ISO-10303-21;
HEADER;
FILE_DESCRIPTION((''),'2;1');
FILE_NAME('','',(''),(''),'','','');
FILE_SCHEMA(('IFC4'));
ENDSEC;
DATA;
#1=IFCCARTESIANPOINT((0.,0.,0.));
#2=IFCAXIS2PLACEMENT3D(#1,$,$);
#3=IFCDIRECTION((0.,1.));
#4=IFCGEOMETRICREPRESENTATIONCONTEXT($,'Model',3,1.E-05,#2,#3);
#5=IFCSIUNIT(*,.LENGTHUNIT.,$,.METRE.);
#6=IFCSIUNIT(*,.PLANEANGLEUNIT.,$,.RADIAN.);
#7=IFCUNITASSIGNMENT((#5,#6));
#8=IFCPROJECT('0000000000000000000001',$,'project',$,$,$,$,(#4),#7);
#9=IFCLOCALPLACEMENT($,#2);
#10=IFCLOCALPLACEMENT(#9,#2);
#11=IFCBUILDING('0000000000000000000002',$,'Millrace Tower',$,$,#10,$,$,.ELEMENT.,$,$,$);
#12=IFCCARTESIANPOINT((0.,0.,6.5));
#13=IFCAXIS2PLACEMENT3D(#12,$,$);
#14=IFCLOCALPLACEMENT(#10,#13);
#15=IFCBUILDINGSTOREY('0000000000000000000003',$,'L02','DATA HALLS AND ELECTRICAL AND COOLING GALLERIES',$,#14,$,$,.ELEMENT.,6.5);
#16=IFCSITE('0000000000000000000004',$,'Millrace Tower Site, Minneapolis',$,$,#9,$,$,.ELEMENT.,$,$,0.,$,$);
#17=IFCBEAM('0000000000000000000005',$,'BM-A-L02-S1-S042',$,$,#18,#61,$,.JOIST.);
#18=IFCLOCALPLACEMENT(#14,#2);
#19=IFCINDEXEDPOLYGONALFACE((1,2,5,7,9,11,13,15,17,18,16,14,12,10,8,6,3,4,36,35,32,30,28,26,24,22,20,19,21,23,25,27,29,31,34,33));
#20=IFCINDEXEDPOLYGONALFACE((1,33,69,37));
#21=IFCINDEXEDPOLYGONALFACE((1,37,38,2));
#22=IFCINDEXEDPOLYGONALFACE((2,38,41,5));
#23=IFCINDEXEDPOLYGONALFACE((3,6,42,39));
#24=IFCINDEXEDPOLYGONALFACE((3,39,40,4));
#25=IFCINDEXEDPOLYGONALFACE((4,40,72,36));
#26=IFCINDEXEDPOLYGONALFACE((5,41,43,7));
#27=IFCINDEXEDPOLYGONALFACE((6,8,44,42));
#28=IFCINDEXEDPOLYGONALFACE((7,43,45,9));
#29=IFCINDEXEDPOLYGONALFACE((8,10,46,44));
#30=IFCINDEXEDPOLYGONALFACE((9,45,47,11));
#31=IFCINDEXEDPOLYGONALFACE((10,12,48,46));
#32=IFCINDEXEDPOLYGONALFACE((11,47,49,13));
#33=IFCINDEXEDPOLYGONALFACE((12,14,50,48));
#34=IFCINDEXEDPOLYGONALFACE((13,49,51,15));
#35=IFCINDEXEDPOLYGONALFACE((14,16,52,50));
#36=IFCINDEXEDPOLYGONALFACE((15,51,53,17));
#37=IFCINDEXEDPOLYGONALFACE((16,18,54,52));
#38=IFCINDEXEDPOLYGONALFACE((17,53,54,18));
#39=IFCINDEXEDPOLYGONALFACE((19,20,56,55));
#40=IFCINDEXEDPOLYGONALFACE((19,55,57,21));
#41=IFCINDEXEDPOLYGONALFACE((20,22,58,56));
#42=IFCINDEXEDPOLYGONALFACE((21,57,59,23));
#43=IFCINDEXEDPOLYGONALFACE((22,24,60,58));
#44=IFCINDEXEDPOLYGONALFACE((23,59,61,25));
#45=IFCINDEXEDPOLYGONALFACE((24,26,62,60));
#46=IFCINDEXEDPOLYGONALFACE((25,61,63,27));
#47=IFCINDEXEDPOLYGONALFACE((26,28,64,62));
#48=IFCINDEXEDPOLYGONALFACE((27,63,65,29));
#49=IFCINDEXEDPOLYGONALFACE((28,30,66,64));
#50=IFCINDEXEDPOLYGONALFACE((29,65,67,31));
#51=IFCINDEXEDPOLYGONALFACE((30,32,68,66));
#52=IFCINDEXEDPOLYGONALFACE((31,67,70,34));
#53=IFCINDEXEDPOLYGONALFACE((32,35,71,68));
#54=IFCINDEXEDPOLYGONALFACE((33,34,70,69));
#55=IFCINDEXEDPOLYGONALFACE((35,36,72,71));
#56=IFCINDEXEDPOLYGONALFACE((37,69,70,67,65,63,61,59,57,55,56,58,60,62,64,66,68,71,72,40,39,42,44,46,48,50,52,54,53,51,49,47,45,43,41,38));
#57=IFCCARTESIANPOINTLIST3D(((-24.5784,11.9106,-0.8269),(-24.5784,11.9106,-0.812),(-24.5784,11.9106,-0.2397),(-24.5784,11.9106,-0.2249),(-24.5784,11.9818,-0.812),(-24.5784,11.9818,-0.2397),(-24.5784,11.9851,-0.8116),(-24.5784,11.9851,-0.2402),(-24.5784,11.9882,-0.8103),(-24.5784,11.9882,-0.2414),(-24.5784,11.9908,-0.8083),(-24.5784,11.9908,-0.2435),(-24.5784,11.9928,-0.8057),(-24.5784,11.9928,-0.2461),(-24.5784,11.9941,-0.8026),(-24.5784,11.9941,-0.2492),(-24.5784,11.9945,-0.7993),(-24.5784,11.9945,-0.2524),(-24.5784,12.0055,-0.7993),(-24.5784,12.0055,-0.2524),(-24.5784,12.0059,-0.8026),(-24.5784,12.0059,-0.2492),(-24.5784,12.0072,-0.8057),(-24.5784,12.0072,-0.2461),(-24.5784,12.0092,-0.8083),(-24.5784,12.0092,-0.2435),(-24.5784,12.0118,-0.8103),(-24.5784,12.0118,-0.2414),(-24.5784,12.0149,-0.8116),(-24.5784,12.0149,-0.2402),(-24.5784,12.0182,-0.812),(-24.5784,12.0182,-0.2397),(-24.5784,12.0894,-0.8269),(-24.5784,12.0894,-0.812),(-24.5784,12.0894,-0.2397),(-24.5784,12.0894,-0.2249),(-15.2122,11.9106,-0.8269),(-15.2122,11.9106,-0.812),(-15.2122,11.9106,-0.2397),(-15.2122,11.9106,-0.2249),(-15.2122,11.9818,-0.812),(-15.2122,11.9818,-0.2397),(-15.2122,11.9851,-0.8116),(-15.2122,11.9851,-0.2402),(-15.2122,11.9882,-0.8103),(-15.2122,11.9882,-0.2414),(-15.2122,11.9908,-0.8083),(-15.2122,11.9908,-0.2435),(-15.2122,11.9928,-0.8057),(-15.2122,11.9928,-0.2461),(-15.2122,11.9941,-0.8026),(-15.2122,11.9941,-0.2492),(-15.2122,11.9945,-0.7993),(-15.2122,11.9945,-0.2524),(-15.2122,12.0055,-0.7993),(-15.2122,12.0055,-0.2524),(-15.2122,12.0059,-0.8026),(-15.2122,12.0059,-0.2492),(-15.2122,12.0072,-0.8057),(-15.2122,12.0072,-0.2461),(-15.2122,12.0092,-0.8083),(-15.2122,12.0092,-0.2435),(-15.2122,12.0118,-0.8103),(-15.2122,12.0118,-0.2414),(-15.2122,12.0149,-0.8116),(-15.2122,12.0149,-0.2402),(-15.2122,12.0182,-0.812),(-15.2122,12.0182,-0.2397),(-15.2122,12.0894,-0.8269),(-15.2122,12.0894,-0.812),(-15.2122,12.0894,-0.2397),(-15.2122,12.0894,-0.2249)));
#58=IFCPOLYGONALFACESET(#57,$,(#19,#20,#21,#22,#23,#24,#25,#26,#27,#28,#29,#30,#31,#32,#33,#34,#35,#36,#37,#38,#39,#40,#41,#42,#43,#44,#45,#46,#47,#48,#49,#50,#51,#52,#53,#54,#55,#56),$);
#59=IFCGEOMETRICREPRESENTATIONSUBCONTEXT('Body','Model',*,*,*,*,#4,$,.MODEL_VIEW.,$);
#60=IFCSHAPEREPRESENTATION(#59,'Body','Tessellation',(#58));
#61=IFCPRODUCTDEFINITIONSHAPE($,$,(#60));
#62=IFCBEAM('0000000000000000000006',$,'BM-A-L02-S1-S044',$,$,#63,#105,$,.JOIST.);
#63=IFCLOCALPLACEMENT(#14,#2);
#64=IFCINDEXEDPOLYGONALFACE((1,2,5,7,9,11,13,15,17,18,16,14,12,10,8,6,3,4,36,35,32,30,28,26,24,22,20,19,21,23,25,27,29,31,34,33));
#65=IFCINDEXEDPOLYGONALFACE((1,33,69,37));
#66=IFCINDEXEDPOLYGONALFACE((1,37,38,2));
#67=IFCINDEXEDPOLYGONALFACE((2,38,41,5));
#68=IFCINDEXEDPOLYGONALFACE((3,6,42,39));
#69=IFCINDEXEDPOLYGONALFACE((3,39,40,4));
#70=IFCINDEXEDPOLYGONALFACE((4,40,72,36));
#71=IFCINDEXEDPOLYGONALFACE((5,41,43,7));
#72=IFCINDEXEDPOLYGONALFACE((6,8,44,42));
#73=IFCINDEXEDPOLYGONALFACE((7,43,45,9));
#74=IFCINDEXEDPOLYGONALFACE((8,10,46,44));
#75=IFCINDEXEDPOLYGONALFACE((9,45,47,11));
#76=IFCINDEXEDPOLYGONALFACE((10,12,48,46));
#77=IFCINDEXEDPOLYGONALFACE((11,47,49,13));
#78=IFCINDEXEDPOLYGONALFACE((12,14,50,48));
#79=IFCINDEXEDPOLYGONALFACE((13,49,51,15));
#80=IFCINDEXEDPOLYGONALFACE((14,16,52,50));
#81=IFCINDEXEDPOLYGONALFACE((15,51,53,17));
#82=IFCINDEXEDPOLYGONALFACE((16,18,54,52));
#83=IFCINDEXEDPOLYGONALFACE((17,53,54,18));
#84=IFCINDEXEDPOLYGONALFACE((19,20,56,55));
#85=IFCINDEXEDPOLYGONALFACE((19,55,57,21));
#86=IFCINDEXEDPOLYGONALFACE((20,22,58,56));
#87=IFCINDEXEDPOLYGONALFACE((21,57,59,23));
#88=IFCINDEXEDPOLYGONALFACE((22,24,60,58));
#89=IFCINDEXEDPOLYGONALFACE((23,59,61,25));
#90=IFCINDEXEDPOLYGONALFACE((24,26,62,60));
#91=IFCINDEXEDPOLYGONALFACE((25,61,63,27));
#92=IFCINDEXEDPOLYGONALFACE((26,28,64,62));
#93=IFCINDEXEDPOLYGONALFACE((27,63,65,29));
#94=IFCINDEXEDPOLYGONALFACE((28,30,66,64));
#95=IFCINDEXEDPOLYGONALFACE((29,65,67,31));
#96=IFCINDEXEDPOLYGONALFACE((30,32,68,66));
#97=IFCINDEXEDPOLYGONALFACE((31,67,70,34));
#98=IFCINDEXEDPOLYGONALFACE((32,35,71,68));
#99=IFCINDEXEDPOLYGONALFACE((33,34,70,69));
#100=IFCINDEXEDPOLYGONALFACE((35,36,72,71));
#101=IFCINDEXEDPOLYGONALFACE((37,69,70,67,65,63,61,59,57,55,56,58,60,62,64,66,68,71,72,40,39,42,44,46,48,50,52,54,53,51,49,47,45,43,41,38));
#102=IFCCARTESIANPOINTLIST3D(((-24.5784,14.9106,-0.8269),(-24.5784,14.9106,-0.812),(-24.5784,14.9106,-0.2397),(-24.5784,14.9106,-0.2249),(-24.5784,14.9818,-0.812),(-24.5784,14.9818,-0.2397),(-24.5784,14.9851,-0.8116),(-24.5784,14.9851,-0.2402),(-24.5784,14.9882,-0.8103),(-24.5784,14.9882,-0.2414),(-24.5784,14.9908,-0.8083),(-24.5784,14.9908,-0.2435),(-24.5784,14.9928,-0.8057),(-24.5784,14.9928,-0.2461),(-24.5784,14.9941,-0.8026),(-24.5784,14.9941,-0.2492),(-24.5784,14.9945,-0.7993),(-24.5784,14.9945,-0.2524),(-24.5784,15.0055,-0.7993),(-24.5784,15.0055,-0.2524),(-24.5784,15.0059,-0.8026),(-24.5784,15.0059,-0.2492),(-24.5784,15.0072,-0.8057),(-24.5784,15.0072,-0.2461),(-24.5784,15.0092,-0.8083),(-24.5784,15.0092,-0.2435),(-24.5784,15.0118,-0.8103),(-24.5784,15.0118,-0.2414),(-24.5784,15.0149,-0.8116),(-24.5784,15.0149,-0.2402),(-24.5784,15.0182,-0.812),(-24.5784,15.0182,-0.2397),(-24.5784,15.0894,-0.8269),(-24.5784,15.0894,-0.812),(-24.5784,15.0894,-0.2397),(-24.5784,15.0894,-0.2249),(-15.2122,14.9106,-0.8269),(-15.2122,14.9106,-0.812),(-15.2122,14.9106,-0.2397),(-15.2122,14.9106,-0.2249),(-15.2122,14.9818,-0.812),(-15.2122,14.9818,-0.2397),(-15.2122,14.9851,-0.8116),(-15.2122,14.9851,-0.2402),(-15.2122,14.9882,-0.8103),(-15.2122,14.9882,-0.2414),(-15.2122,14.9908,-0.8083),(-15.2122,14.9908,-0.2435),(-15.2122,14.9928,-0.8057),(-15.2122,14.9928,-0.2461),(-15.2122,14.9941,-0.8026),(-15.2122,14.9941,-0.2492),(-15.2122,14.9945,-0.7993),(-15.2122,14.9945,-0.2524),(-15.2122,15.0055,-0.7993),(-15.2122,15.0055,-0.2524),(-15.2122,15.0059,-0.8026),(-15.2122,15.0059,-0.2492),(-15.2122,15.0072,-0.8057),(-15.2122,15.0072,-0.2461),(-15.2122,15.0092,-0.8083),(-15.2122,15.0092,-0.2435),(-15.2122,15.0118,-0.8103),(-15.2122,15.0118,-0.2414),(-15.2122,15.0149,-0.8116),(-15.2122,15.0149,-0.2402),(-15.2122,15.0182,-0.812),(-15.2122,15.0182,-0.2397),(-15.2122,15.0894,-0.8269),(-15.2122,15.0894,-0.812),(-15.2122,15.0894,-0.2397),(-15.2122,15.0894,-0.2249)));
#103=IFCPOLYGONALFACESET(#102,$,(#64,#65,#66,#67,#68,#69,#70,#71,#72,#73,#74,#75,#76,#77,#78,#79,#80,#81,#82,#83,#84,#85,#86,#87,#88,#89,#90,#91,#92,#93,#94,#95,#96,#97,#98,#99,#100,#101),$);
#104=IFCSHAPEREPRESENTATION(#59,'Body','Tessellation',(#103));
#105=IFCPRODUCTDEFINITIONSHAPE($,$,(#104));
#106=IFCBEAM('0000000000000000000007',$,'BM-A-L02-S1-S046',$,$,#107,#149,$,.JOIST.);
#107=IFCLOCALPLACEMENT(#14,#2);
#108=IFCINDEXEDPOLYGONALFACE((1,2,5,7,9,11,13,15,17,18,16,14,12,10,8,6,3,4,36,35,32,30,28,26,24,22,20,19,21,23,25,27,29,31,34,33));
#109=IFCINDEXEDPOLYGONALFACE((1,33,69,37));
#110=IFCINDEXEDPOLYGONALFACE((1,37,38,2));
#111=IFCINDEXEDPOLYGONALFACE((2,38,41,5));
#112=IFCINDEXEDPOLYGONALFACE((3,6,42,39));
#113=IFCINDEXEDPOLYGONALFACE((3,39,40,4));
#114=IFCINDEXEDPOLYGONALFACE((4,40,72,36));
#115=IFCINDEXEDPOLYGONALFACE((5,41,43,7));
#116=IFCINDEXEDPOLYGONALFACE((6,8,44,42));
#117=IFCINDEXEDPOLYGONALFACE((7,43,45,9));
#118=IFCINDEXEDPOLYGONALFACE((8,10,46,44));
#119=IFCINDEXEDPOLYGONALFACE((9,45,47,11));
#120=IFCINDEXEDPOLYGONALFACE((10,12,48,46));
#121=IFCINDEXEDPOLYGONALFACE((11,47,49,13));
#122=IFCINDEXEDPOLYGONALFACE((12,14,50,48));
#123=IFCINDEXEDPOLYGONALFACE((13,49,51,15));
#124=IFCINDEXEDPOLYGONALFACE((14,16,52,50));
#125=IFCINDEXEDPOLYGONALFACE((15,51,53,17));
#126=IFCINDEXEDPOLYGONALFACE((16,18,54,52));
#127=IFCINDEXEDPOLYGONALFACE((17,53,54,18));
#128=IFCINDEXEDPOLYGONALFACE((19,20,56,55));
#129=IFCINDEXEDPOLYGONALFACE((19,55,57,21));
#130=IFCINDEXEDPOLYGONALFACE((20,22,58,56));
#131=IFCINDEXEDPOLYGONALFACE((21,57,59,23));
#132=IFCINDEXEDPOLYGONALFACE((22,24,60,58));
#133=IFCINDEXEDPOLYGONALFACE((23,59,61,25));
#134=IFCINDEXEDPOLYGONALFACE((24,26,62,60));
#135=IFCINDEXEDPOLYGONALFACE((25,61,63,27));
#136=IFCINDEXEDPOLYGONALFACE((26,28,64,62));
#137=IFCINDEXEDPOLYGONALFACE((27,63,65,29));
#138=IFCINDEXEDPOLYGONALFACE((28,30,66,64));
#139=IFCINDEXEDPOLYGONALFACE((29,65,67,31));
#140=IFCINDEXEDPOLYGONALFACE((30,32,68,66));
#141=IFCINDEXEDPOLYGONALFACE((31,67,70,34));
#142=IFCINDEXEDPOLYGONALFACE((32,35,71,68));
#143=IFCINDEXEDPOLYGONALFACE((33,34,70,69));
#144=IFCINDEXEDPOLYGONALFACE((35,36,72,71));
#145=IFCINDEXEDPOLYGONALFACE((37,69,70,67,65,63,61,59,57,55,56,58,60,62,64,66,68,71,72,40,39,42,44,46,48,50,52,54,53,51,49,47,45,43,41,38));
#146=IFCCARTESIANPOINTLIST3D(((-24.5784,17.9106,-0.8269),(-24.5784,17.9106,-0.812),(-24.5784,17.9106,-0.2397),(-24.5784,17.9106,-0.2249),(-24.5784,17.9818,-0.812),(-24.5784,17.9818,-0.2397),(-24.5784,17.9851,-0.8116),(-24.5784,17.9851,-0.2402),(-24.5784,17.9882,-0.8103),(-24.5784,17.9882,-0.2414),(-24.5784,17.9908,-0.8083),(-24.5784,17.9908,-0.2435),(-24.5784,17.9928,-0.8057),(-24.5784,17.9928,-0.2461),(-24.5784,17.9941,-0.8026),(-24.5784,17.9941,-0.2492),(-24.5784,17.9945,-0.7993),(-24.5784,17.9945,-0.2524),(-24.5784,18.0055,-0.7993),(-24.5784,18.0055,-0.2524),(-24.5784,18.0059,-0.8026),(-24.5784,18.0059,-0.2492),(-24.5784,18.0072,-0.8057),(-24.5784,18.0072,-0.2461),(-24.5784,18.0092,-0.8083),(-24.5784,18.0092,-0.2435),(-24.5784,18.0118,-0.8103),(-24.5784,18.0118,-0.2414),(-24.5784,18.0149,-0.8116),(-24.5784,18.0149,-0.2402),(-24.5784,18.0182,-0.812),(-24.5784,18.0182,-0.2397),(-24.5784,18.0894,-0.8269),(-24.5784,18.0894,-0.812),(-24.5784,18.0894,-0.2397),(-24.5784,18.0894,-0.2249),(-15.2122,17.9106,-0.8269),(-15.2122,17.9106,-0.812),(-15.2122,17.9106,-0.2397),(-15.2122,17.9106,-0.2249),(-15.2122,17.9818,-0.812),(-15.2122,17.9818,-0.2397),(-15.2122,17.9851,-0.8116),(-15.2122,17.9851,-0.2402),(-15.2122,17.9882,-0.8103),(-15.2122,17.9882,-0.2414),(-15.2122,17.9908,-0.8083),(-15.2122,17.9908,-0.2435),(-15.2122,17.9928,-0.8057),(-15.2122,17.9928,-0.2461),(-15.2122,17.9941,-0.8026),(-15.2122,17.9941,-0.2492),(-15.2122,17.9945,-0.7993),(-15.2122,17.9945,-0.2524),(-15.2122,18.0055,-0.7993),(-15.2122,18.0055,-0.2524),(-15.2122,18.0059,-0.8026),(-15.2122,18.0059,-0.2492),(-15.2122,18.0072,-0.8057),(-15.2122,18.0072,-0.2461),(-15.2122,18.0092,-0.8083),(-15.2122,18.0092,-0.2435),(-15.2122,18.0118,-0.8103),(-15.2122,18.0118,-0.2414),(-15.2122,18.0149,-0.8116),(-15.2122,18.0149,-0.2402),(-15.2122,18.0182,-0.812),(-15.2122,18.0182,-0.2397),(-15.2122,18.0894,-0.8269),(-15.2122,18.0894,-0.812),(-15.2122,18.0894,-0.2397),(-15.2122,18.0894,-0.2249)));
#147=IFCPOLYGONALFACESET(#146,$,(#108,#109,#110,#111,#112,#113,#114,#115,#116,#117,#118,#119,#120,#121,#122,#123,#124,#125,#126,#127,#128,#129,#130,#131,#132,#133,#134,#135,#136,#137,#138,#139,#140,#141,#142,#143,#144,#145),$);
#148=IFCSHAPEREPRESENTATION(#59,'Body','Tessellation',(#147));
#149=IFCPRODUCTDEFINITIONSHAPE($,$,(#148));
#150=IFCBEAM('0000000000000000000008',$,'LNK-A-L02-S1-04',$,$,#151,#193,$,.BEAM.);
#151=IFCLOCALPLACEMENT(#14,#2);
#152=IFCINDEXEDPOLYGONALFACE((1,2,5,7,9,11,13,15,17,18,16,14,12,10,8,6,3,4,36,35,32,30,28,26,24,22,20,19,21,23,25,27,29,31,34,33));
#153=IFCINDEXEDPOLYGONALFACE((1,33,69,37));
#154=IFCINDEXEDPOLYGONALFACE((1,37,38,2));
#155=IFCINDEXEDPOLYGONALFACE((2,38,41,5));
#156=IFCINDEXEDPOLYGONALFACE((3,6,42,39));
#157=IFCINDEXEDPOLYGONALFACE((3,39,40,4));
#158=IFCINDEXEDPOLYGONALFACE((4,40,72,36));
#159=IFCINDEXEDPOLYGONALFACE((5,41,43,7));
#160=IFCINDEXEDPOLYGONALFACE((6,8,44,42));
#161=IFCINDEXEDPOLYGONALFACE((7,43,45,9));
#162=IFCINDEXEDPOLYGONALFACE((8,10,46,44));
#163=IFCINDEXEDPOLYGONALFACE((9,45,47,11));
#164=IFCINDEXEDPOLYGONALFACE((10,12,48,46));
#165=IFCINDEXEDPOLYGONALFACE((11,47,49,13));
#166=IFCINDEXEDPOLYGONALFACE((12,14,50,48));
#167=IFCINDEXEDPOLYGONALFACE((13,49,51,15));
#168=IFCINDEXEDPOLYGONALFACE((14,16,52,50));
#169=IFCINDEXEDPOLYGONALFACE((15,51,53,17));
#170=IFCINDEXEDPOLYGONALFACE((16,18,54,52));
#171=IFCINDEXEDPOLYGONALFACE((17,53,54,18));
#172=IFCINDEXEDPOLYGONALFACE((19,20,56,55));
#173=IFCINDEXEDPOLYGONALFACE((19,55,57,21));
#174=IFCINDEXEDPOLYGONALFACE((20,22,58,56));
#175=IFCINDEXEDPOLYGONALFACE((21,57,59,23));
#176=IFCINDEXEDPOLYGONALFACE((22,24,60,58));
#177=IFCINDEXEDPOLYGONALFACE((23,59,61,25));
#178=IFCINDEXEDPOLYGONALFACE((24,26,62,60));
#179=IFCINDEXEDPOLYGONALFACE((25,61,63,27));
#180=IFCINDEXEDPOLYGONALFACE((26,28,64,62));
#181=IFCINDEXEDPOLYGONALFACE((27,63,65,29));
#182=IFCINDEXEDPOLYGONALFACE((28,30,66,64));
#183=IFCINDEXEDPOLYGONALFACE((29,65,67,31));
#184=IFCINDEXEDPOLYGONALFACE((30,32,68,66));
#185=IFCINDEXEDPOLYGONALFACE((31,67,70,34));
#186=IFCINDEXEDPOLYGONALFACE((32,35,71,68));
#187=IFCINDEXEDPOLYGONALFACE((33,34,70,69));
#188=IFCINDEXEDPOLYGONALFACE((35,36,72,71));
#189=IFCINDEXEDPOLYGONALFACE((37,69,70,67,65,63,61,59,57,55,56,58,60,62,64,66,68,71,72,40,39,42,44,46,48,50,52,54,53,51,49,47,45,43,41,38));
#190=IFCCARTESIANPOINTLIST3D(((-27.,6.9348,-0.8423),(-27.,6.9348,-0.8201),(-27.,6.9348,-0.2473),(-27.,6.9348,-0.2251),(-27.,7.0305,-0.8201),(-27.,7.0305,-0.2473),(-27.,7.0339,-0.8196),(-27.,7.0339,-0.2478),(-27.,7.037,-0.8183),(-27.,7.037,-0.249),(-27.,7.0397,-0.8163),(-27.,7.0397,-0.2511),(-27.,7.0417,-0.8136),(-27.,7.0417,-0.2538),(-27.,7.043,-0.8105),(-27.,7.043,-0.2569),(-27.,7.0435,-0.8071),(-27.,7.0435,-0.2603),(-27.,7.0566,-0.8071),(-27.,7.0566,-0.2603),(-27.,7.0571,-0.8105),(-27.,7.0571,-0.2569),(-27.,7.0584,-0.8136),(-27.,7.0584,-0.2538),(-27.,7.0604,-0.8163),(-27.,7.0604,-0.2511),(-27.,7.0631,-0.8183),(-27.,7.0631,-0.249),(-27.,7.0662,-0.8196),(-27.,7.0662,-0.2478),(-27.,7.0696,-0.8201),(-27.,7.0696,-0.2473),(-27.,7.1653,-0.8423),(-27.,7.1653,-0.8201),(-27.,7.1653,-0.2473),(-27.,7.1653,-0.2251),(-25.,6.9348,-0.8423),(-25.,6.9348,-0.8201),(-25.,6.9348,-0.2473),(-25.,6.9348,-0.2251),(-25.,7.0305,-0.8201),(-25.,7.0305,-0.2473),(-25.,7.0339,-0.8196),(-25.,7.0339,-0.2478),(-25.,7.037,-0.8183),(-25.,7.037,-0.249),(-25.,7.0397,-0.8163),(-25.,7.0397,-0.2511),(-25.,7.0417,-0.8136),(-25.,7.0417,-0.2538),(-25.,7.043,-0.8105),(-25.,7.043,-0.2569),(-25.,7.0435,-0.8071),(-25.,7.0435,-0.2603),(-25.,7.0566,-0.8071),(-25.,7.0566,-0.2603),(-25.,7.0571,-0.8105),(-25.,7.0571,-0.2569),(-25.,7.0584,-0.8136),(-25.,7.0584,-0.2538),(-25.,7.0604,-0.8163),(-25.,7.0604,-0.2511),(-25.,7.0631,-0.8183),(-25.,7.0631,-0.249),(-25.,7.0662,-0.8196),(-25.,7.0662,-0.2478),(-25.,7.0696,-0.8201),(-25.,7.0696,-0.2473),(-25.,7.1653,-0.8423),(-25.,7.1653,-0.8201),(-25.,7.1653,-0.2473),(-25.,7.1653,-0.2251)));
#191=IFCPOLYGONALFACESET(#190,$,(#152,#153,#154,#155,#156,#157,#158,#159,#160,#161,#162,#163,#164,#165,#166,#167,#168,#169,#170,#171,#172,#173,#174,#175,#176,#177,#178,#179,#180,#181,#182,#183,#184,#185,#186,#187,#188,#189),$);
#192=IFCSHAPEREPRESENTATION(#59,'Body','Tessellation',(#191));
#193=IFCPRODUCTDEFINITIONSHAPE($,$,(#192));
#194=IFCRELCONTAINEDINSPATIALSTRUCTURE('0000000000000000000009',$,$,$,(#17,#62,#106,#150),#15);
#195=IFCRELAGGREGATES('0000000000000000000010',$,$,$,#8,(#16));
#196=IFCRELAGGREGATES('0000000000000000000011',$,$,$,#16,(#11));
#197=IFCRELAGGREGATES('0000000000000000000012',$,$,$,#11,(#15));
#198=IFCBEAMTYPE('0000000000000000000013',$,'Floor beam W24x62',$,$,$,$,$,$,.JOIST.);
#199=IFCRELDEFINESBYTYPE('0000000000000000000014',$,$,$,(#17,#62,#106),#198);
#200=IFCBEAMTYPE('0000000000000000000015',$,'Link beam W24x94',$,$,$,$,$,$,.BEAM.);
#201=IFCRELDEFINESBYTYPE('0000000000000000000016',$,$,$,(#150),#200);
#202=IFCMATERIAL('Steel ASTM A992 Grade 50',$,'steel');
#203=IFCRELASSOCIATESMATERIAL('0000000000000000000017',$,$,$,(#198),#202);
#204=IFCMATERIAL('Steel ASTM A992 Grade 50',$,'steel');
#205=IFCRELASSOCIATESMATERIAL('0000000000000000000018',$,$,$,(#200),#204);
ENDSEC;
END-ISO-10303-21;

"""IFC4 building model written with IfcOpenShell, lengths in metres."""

from ifc_helpers import new_model, si_unit, direction, frame, origin, origin_2d, place, context, subcontext, project, spatial, i_section, extrude, material, material_profile, profile_set, type_object, element, save


model = new_model("IFC4")

# Units and contexts
model_context = context("Model", 3, precision=1e-05, world=origin(), true_north=direction((0.0, 1.0)))
body_context = subcontext(model_context, "Body", "Model", "MODEL_VIEW")
ifc_project = project(units=[si_unit("LENGTHUNIT", "METRE"), si_unit("PLANEANGLEUNIT", "RADIAN")], contexts=[model_context])

# Site, building, storey
site_placement = place(None, origin())
site = spatial("IfcSite", under=ifc_project, at=site_placement, Name="Millrace Tower Site, Minneapolis", CompositionType="ELEMENT", RefElevation=0.0)
building_placement = place(site_placement, origin())
building = spatial("IfcBuilding", under=site, at=building_placement, Name="Millrace Tower", CompositionType="ELEMENT")
storey_placement = place(building_placement, frame((0.0, 0.0, 6.5)))
storey = spatial("IfcBuildingStorey", under=building, at=storey_placement, Name="L02", Description="DATA HALLS AND ELECTRICAL AND COOLING GALLERIES", CompositionType="ELEMENT", Elevation=6.5)

# Beams
ifc_material_1 = material(Name="Steel ASTM A992 Grade 50", Category="steel")
ifc_material_profile_1 = material_profile(ifc_material_1, i_section(OverallWidth=0.1787, OverallDepth=0.6021, WebThickness=0.011, FlangeThickness=0.0149, FilletRadius=0.0127, at=origin_2d()))
ifc_profile_set_1 = profile_set([ifc_material_profile_1], Name="Steel ASTM A992 Grade 50")
beam_type_1 = type_object("IfcBeamType", Name="Floor beam W24x62", PredefinedType="JOIST", material=ifc_profile_set_1)
for number, where, z_axis, x_axis, name in (
    (1, (-24.5784, 12.0, -0.5259), (1.0, 0.0, 0.0), (0.0, 1.0, 0.0), "BM-A-L02-S1-S042"),
    (2, (-24.5784, 15.0, -0.5259), (1.0, 0.0, 0.0), (0.0, 1.0, 0.0), "BM-A-L02-S1-S044"),
    (3, (-24.5784, 18.0, -0.5259), (1.0, 0.0, 0.0), (0.0, 1.0, 0.0), "BM-A-L02-S1-S046"),
):
    element("IfcBeam", number, at=place(storey_placement, frame(where, z_axis=z_axis, x_axis=x_axis)), inside=storey, type_object=beam_type_1, Name=name, PredefinedType="JOIST", context=body_context, shape_type="SweptSolid", body=[
        extrude(i_section(OverallWidth=0.1787, OverallDepth=0.6021, WebThickness=0.011, FlangeThickness=0.0149, FilletRadius=0.0127, at=origin_2d()), origin(), (0.0, 0.0, 1.0), 9.3662),
    ])
ifc_material_2 = material(Name="Steel ASTM A992 Grade 50", Category="steel")
ifc_material_profile_2 = material_profile(ifc_material_2, i_section(OverallWidth=0.2305, OverallDepth=0.6172, WebThickness=0.0132, FlangeThickness=0.0222, FilletRadius=0.0129, at=origin_2d()))
ifc_profile_set_2 = profile_set([ifc_material_profile_2], Name="Steel ASTM A992 Grade 50")
beam_type_2 = type_object("IfcBeamType", Name="Link beam W24x94", PredefinedType="BEAM", material=ifc_profile_set_2)
beam_1_placement = place(storey_placement, frame((-25.0, 7.05, -0.5337), z_axis=(-1.0, 0.0, 0.0), x_axis=(0.0, -1.0, 0.0)))
element("IfcBeam", 4, at=beam_1_placement, inside=storey, type_object=beam_type_2, Name="LNK-A-L02-S1-04", PredefinedType="BEAM", context=body_context, shape_type="SweptSolid", body=[
    extrude(i_section(OverallWidth=0.2305, OverallDepth=0.6172, WebThickness=0.0132, FlangeThickness=0.0222, FilletRadius=0.0129, at=origin_2d()), origin(), (0.0, 0.0, 1.0), 2.0),
])

save(model, "model.ifc")
